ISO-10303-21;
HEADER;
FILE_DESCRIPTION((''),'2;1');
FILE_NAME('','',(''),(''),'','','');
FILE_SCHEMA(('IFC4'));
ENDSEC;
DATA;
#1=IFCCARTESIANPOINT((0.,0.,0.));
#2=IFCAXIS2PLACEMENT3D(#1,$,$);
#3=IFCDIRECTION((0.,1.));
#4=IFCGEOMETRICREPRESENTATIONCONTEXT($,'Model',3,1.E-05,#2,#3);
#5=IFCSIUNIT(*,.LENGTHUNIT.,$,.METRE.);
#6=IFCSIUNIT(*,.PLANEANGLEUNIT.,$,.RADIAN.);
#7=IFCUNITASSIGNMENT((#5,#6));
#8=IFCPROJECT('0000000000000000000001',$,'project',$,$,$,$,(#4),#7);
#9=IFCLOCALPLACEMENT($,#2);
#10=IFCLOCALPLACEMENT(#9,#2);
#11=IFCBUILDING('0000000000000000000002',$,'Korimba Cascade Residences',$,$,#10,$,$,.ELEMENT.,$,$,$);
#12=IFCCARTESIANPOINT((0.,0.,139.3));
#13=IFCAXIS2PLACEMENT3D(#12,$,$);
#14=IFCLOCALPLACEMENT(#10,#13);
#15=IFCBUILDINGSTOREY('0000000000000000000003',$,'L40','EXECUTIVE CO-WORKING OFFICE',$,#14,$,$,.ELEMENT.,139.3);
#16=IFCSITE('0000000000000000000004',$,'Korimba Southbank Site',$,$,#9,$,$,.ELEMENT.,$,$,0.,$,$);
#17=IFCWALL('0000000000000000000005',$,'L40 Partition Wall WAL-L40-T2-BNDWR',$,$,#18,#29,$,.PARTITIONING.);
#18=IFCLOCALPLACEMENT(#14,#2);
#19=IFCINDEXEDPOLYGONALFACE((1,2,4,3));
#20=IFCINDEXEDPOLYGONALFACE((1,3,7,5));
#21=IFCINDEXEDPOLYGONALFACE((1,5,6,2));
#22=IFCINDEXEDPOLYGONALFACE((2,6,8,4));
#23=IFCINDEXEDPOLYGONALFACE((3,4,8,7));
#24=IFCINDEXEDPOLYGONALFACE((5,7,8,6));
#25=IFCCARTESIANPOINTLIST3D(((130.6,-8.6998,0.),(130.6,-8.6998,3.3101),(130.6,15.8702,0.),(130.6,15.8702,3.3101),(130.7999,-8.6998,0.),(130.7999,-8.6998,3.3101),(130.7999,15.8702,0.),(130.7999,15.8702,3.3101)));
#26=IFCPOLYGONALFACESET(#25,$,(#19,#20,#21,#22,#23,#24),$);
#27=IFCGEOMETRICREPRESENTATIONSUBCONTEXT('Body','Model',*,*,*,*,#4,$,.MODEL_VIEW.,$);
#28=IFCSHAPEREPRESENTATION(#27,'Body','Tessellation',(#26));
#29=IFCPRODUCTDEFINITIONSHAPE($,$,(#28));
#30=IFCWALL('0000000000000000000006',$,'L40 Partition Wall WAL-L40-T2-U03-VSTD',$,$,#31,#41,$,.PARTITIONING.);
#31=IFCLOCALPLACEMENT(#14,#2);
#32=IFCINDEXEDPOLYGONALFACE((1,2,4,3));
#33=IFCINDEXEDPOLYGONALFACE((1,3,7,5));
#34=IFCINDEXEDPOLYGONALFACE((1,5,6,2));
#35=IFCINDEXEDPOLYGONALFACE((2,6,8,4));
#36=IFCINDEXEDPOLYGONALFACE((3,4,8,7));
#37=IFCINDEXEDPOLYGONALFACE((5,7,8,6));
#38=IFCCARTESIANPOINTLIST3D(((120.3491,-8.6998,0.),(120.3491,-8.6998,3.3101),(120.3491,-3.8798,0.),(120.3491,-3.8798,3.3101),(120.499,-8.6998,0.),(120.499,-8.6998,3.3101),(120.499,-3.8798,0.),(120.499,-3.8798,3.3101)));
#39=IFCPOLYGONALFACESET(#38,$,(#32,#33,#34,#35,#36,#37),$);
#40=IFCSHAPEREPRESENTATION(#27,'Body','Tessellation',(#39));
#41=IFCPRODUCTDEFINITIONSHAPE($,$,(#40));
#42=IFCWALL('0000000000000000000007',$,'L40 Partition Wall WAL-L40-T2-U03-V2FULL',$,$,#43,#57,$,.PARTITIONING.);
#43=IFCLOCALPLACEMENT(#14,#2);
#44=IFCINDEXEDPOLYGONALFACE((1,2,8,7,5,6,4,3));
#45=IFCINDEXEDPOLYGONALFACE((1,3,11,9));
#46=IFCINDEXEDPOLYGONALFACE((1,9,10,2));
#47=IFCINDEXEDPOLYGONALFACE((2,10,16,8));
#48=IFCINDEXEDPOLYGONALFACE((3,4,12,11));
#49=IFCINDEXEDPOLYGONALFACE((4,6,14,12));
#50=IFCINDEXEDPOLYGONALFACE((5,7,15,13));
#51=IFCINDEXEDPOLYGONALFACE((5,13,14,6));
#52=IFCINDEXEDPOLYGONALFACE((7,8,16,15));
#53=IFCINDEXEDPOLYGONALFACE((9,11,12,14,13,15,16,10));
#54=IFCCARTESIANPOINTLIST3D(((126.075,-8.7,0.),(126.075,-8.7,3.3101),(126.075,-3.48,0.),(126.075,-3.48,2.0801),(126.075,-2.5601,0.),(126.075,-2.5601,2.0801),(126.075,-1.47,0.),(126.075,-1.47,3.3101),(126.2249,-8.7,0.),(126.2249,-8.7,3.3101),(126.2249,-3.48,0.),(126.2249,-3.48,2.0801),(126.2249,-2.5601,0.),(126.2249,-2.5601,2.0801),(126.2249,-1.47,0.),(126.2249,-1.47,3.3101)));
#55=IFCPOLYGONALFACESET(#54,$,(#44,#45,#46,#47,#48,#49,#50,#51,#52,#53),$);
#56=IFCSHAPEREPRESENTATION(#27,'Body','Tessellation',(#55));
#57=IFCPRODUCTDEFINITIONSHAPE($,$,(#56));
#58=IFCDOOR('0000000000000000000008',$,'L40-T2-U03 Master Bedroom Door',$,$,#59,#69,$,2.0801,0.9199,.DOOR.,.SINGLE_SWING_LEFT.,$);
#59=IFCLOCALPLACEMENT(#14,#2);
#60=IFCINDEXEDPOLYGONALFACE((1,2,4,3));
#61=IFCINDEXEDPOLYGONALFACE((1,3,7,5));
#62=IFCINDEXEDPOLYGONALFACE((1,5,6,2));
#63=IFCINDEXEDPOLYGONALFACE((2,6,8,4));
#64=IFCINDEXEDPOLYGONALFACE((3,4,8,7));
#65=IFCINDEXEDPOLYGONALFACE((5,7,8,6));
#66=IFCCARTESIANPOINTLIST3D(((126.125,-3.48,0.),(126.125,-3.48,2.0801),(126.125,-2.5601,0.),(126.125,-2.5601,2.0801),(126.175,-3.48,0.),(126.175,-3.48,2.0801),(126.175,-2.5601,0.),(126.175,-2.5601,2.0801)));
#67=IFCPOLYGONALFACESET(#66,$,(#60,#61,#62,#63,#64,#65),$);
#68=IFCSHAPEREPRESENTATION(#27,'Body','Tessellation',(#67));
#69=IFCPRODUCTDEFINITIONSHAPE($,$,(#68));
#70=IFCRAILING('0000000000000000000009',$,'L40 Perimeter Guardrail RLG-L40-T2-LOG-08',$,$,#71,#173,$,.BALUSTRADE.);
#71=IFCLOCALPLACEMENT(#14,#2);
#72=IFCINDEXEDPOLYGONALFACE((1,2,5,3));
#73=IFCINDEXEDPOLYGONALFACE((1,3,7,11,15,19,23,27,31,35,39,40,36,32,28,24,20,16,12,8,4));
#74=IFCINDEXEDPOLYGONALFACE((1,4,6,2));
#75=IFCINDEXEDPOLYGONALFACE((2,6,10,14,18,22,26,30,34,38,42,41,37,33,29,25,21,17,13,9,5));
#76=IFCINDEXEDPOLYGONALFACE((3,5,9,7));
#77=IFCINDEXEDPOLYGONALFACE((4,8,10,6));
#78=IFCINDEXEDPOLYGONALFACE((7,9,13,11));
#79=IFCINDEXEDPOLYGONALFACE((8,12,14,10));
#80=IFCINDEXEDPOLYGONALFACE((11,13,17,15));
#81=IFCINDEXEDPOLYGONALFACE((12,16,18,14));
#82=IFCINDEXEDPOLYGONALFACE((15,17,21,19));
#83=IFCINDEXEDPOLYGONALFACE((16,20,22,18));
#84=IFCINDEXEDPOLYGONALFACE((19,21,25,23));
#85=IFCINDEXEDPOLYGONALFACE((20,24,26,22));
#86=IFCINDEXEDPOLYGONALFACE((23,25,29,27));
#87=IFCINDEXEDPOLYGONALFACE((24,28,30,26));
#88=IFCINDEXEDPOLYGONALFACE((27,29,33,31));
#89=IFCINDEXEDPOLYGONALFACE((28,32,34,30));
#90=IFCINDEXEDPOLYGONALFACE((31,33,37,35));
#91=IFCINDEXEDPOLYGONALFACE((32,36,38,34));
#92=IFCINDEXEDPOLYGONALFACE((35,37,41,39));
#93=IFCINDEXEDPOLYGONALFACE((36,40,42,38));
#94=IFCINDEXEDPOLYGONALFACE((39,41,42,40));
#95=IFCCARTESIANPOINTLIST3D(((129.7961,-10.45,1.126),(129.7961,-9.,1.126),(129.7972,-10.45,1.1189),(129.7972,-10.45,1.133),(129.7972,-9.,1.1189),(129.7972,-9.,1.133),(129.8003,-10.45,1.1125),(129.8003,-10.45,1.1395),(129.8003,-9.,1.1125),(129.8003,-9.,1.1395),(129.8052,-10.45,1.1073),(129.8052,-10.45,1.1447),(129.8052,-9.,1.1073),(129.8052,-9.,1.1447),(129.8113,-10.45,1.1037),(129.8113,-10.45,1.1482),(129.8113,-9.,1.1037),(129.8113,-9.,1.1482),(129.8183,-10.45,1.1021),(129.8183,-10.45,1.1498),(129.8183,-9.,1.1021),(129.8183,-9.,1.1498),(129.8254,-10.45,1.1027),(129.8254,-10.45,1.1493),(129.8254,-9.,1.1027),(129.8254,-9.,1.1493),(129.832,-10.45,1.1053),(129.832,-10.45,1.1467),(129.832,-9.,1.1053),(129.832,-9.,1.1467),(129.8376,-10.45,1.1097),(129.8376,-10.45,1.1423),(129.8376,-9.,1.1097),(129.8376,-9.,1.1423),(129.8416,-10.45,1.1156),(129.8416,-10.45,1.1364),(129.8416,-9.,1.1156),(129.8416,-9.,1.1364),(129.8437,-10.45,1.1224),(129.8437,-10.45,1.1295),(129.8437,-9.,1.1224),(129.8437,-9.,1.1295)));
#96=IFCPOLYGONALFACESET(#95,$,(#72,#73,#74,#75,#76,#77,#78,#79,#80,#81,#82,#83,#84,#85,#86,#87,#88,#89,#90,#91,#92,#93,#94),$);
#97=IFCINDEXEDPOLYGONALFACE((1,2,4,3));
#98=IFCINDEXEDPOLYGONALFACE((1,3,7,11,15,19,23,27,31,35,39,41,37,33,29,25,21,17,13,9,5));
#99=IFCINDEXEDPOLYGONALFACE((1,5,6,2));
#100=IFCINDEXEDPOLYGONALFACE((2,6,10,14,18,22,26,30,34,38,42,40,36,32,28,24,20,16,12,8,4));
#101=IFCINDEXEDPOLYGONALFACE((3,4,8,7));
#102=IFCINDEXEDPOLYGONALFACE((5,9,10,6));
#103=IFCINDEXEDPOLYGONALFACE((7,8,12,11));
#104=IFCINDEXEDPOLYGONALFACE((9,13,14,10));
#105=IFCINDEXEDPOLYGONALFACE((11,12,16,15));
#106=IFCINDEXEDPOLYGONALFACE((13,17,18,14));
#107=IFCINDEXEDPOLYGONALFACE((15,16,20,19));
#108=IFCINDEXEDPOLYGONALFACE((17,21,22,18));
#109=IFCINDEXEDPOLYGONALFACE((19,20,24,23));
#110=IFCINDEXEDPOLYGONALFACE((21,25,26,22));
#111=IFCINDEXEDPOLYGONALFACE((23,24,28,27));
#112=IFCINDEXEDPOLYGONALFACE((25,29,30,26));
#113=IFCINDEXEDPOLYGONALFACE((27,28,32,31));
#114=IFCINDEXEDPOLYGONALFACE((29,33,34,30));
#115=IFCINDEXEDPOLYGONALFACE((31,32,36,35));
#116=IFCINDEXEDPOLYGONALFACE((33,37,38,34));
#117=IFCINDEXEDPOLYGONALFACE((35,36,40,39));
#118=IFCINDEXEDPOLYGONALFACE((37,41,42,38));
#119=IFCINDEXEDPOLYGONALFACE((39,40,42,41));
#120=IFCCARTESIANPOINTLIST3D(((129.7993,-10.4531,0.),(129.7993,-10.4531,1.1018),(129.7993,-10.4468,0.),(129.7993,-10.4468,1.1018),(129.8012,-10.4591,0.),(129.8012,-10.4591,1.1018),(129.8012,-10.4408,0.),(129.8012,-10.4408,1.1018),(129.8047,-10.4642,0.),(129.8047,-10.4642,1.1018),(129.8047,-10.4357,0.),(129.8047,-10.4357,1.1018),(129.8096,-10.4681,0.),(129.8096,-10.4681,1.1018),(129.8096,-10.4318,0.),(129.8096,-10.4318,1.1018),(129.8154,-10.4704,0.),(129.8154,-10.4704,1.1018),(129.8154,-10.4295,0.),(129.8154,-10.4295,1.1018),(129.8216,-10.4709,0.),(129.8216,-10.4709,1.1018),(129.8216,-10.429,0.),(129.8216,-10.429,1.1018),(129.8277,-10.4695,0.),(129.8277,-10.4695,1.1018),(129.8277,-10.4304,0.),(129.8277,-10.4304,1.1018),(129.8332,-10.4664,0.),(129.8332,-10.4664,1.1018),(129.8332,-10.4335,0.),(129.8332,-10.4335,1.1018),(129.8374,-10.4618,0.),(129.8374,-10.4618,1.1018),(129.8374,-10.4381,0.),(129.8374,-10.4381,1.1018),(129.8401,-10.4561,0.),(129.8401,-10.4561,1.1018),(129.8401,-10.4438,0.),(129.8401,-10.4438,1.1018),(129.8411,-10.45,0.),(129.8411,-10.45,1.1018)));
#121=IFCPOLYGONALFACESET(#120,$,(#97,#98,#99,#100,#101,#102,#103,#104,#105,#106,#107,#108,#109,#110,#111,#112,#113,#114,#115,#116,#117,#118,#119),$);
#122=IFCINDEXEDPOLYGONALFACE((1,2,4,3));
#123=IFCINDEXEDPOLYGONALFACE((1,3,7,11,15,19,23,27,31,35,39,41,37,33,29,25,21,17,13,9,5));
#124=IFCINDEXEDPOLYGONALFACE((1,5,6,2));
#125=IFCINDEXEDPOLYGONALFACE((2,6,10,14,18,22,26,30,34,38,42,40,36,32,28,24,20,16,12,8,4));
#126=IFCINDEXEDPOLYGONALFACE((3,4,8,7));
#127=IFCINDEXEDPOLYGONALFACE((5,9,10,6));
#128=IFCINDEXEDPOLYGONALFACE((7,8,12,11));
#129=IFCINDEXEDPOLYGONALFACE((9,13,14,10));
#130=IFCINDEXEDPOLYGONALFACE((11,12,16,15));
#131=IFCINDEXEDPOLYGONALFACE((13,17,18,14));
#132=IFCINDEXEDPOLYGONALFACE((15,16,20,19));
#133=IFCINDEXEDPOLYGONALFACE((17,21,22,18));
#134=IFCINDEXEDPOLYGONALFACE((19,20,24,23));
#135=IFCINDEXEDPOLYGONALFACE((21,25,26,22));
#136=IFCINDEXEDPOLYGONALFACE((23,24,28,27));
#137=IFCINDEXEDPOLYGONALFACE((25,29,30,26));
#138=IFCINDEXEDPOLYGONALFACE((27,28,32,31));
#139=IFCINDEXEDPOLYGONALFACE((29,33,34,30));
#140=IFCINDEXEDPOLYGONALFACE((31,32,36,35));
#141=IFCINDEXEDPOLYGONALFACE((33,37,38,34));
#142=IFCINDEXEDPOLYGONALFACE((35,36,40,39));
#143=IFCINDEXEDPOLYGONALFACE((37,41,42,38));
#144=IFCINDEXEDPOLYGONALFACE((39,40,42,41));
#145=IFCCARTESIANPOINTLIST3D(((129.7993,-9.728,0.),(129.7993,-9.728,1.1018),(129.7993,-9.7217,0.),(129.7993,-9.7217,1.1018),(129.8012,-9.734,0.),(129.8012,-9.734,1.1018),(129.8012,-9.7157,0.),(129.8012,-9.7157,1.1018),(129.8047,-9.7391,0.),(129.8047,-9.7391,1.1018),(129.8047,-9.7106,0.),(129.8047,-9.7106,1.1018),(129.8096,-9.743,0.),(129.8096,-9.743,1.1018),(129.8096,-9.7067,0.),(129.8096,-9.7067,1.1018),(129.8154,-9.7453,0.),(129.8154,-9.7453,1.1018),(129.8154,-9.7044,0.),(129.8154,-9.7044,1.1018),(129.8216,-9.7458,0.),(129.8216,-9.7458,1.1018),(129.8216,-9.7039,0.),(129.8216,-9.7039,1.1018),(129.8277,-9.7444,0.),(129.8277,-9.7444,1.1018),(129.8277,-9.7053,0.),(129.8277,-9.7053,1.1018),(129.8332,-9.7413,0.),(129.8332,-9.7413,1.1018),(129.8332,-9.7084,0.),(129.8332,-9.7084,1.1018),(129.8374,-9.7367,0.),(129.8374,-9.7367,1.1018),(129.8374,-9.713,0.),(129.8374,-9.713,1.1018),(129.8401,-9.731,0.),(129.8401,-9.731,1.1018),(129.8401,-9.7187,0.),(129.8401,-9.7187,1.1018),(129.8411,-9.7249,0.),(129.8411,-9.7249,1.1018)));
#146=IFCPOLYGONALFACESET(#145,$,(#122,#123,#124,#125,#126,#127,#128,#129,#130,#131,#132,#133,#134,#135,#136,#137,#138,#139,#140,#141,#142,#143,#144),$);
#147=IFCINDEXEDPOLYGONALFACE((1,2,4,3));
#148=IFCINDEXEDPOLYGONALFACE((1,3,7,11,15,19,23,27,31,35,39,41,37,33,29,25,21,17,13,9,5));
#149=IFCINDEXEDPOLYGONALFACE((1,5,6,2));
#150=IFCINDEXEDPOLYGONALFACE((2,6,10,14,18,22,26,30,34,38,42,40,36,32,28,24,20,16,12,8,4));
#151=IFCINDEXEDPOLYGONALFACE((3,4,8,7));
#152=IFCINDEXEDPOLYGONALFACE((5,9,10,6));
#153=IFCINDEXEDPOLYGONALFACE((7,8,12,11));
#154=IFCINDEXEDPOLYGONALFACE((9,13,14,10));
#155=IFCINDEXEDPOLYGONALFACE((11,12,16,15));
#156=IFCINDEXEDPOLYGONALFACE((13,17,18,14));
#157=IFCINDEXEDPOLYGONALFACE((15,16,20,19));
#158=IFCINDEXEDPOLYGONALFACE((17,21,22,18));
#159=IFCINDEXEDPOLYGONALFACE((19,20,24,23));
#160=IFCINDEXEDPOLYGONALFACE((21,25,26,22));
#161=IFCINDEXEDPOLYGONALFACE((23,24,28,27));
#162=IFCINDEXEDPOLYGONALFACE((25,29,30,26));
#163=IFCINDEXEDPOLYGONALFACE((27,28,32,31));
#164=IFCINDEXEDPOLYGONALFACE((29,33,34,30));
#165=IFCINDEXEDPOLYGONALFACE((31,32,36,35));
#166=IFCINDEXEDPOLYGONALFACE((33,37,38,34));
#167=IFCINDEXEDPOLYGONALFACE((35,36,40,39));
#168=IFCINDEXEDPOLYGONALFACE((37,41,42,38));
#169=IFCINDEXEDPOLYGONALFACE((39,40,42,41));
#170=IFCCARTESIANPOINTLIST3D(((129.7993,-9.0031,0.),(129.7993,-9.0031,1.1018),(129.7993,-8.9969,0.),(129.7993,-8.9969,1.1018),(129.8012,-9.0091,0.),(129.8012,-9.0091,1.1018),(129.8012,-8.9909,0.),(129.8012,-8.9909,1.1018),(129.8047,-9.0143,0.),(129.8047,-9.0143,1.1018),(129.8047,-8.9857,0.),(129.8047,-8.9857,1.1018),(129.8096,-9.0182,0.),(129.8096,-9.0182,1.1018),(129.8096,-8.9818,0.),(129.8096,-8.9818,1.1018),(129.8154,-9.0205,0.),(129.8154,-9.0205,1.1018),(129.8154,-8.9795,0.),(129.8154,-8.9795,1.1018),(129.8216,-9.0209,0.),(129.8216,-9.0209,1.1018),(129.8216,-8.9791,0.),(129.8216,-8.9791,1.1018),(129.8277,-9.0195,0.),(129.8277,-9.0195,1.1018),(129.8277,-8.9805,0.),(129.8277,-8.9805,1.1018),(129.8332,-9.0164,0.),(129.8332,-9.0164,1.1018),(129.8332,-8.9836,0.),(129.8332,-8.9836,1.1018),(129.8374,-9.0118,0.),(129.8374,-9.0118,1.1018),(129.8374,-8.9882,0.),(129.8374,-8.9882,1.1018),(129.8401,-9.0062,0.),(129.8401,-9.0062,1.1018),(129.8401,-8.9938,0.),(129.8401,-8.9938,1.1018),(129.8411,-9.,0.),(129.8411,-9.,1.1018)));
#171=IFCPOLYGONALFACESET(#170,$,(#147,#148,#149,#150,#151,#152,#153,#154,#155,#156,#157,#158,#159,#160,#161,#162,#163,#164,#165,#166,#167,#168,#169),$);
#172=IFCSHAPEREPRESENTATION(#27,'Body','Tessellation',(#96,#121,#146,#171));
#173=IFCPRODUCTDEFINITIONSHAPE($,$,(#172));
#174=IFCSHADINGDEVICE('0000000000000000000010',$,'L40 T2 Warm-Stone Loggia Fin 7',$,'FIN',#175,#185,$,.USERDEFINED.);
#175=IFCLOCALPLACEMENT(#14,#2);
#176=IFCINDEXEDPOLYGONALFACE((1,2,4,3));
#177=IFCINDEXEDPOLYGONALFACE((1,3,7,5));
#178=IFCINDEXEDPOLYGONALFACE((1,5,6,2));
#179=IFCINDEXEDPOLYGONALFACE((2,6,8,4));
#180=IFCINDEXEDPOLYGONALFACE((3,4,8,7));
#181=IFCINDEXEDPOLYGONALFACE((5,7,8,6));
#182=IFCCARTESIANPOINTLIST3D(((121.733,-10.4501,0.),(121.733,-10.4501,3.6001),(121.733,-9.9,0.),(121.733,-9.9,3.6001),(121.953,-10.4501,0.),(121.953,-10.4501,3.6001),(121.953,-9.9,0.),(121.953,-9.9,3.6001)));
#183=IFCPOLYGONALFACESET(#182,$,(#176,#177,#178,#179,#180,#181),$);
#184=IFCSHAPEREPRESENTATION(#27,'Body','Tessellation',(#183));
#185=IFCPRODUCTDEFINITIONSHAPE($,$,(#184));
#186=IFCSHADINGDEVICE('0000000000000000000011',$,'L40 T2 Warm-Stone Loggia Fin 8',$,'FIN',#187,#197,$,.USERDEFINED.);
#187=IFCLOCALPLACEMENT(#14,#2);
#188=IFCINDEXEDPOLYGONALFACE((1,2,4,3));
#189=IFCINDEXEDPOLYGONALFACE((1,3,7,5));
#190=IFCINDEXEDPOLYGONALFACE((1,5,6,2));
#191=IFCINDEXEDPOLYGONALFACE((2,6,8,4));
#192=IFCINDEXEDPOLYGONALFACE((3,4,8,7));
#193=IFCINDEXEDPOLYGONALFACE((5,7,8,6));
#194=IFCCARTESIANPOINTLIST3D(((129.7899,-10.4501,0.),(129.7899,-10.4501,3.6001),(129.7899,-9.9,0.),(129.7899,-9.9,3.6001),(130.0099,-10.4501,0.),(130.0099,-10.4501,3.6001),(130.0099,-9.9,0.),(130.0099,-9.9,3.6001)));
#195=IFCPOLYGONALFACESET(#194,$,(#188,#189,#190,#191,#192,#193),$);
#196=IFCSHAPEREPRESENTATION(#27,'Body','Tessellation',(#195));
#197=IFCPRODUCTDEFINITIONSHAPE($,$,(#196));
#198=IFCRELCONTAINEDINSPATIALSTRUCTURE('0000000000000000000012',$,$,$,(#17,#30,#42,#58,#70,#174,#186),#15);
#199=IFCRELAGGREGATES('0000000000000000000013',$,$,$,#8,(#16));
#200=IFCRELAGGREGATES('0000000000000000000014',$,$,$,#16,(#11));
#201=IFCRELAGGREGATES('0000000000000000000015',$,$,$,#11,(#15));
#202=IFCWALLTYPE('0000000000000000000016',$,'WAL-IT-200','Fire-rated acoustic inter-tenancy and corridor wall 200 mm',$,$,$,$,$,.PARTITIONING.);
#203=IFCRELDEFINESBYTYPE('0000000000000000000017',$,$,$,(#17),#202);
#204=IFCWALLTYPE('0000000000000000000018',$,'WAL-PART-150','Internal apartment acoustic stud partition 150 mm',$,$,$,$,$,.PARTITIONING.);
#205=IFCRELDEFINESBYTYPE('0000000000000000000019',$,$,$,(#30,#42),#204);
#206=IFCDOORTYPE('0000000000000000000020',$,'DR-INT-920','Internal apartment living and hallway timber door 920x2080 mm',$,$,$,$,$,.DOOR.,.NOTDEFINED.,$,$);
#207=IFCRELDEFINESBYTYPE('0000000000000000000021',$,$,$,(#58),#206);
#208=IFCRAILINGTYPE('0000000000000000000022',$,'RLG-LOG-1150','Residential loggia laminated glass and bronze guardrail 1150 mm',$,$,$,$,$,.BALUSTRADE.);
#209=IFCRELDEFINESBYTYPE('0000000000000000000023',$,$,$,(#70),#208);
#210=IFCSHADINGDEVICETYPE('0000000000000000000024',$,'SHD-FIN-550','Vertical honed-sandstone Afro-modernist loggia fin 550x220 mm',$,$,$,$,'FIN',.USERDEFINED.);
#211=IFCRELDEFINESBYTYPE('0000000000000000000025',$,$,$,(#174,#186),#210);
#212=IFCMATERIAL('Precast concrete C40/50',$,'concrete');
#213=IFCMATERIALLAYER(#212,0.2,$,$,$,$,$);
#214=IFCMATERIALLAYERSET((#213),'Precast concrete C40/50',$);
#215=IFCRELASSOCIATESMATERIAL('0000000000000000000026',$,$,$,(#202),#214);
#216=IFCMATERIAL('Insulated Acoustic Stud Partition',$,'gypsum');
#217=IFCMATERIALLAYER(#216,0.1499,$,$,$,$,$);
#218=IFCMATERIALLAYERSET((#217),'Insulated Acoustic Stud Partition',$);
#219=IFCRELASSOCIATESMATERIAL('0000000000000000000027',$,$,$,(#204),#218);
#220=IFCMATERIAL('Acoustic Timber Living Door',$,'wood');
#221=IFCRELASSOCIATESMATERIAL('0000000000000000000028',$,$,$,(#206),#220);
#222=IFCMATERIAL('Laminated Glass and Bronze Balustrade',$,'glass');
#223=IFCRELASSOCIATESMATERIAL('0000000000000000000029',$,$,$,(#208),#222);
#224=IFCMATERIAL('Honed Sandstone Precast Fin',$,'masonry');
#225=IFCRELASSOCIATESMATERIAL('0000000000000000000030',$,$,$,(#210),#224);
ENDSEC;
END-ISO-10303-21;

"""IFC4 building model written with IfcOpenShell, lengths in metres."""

from ifc_helpers import new_model, si_unit, direction, frame, frame_2d, origin, origin_2d, place, context, subcontext, project, spatial, rectangle, circle, extrude, material, layer, layer_set, type_object, element, fill, save


model = new_model("IFC4")

# Units and contexts
model_context = context("Model", 3, precision=1e-05, world=origin(), true_north=direction((0.0, 1.0)))
body_context = subcontext(model_context, "Body", "Model", "MODEL_VIEW")
ifc_project = project(units=[si_unit("LENGTHUNIT", "METRE"), si_unit("PLANEANGLEUNIT", "RADIAN")], contexts=[model_context])

# Site, building, storey
site_placement = place(None, origin())
site = spatial("IfcSite", under=ifc_project, at=site_placement, Name="Korimba Southbank Site", CompositionType="ELEMENT", RefElevation=0.0)
building_placement = place(site_placement, origin())
building = spatial("IfcBuilding", under=site, at=building_placement, Name="Korimba Cascade Residences", CompositionType="ELEMENT")
storey_placement = place(building_placement, frame((0.0, 0.0, 139.3)))
storey = spatial("IfcBuildingStorey", under=building, at=storey_placement, Name="L40", Description="EXECUTIVE CO-WORKING OFFICE", CompositionType="ELEMENT", Elevation=139.3)

# Shared definitions
ifc_material_1 = material(Name="Precast concrete C40/50", Category="concrete")

# Walls
ifc_layer_1 = layer(ifc_material_1, 0.2)
ifc_layer_set_1 = layer_set([ifc_layer_1], Name="Precast concrete C40/50")
wall_type_1 = type_object("IfcWallType", Name="WAL-IT-200", Description="Fire-rated acoustic inter-tenancy and corridor wall 200 mm", PredefinedType="PARTITIONING", material=ifc_layer_set_1)
wall_1_placement = place(storey_placement, frame((130.7, -8.7, 0.0), z_axis=(0.0, 0.0, 1.0), x_axis=(0.0, 1.0, 0.0)))
element("IfcWall", 1, at=wall_1_placement, inside=storey, type_object=wall_type_1, Name="L40 Partition Wall WAL-L40-T2-BNDWR", PredefinedType="PARTITIONING", context=body_context, shape_type="SweptSolid", body=[
    extrude(rectangle(XDim=24.5701, YDim=0.2, at=frame_2d((12.2852, 0.0))), origin(), (0.0, 0.0, 1.0), 3.3101),
])
ifc_material_2 = material(Name="Insulated Acoustic Stud Partition", Category="gypsum")
ifc_layer_2 = layer(ifc_material_2, 0.1499)
ifc_layer_set_2 = layer_set([ifc_layer_2], Name="Insulated Acoustic Stud Partition")
wall_type_2 = type_object("IfcWallType", Name="WAL-PART-150", Description="Internal apartment acoustic stud partition 150 mm", PredefinedType="PARTITIONING", material=ifc_layer_set_2)
wall_2_placement = place(storey_placement, frame((120.4241, -8.7, 0.0), z_axis=(0.0, 0.0, 1.0), x_axis=(0.0, 1.0, 0.0)))
element("IfcWall", 2, at=wall_2_placement, inside=storey, type_object=wall_type_2, Name="L40 Partition Wall WAL-L40-T2-U03-VSTD", PredefinedType="PARTITIONING", context=body_context, shape_type="SweptSolid", body=[
    extrude(rectangle(XDim=4.8201, YDim=0.1499, at=frame_2d((2.4102, 0.0))), origin(), (0.0, 0.0, 1.0), 3.3101),
])

# Wall, opening, door
wall_3_placement = place(storey_placement, frame((126.1499, -8.7, 0.0), z_axis=(0.0, 0.0, 1.0), x_axis=(0.0, 1.0, 0.0)))
wall_3 = element("IfcWall", 3, at=wall_3_placement, inside=storey, type_object=wall_type_2, Name="L40 Partition Wall WAL-L40-T2-U03-V2FULL", PredefinedType="PARTITIONING", context=body_context, shape_type="SweptSolid", body=[
    extrude(rectangle(XDim=7.23, YDim=0.1499, at=frame_2d((3.615, 0.0))), origin(), (0.0, 0.0, 1.0), 3.3101),
])
opening_1_placement = place(wall_3_placement, frame((5.22, 0.0, 0.0)))
opening_1 = element("IfcOpeningElement", 4, at=opening_1_placement, cuts=wall_3, PredefinedType="OPENING", context=body_context, shape_type="SweptSolid", body=[
    extrude(rectangle(XDim=0.9199, YDim=2.0801, at=frame_2d((0.46, 1.04))), frame((0.0, 0.085, 0.0), z_axis=(0.0, -1.0, 0.0), x_axis=(1.0, 0.0, 0.0)), (0.0, 0.0, 1.0), 0.1699),
])
ifc_material_3 = material(Name="Acoustic Timber Living Door", Category="wood")
door_type = type_object("IfcDoorType", Name="DR-INT-920", Description="Internal apartment living and hallway timber door 920x2080 mm", OperationType="NOTDEFINED", PredefinedType="DOOR", material=ifc_material_3)
door_placement = place(opening_1_placement, origin())
door = element("IfcDoor", 5, at=door_placement, inside=storey, type_object=door_type, Name="L40-T2-U03 Master Bedroom Door", OperationType="SINGLE_SWING_LEFT", OverallHeight=2.0801, OverallWidth=0.9199, PredefinedType="DOOR", context=body_context, shape_type="SweptSolid", body=[
    extrude(rectangle(XDim=0.9199, YDim=2.0801, at=frame_2d((0.46, 1.04))), frame((0.0, 0.0249, 0.0), z_axis=(0.0, -1.0, 0.0), x_axis=(1.0, 0.0, 0.0)), (0.0, 0.0, 1.0), 0.05),
])
fill(opening_1, door)

# Railing
ifc_material_4 = material(Name="Laminated Glass and Bronze Balustrade", Category="glass")
railing_type = type_object("IfcRailingType", Name="RLG-LOG-1150", Description="Residential loggia laminated glass and bronze guardrail 1150 mm", PredefinedType="BALUSTRADE", material=ifc_material_4)
railing_1_placement = place(storey_placement, frame((129.8201, -10.45, 0.0)))
element("IfcRailing", 6, at=railing_1_placement, inside=storey, type_object=railing_type, Name="L40 Perimeter Guardrail RLG-L40-T2-LOG-08", PredefinedType="BALUSTRADE", context=body_context, shape_type="SweptSolid", body=[
    extrude(circle(Radius=0.0239, at=origin_2d()), frame((0.0, 0.0, 1.126), z_axis=(0.0, 1.0, 0.0), x_axis=(-1.0, 0.0, 0.0)), (0.0, 0.0, 1.0), 1.45),
    extrude(circle(Radius=0.021, at=origin_2d()), origin(), (0.0, 0.0, 1.0), 1.1018),
    extrude(circle(Radius=0.021, at=origin_2d()), frame((0.0, 0.7251, 0.0)), (0.0, 0.0, 1.0), 1.1018),
    extrude(circle(Radius=0.021, at=origin_2d()), frame((0.0, 1.45, 0.0)), (0.0, 0.0, 1.0), 1.1018),
])

# Shading devices
ifc_material_5 = material(Name="Honed Sandstone Precast Fin", Category="masonry")
shading_device_type = type_object("IfcShadingDeviceType", Name="SHD-FIN-550", Description="Vertical honed-sandstone Afro-modernist loggia fin 550x220 mm", ElementType="FIN", PredefinedType="USERDEFINED", material=ifc_material_5)
for number, where, z_axis, x_axis, name in (
    (7, (121.843, -10.175, 0.0), (0.0, 0.0, 1.0), (1.0, 0.0, 0.0), "L40 T2 Warm-Stone Loggia Fin 7"),
    (8, (129.8999, -10.175, 0.0), (0.0, 0.0, 1.0), (1.0, 0.0, 0.0), "L40 T2 Warm-Stone Loggia Fin 8"),
):
    element("IfcShadingDevice", number, at=place(storey_placement, frame(where, z_axis=z_axis, x_axis=x_axis)), inside=storey, type_object=shading_device_type, Name=name, ObjectType="FIN", PredefinedType="USERDEFINED", context=body_context, shape_type="SweptSolid", body=[
        extrude(rectangle(XDim=0.22, YDim=0.55, at=origin_2d()), origin(), (0.0, 0.0, 1.0), 3.6001),
    ])

save(model, "model.ifc")
